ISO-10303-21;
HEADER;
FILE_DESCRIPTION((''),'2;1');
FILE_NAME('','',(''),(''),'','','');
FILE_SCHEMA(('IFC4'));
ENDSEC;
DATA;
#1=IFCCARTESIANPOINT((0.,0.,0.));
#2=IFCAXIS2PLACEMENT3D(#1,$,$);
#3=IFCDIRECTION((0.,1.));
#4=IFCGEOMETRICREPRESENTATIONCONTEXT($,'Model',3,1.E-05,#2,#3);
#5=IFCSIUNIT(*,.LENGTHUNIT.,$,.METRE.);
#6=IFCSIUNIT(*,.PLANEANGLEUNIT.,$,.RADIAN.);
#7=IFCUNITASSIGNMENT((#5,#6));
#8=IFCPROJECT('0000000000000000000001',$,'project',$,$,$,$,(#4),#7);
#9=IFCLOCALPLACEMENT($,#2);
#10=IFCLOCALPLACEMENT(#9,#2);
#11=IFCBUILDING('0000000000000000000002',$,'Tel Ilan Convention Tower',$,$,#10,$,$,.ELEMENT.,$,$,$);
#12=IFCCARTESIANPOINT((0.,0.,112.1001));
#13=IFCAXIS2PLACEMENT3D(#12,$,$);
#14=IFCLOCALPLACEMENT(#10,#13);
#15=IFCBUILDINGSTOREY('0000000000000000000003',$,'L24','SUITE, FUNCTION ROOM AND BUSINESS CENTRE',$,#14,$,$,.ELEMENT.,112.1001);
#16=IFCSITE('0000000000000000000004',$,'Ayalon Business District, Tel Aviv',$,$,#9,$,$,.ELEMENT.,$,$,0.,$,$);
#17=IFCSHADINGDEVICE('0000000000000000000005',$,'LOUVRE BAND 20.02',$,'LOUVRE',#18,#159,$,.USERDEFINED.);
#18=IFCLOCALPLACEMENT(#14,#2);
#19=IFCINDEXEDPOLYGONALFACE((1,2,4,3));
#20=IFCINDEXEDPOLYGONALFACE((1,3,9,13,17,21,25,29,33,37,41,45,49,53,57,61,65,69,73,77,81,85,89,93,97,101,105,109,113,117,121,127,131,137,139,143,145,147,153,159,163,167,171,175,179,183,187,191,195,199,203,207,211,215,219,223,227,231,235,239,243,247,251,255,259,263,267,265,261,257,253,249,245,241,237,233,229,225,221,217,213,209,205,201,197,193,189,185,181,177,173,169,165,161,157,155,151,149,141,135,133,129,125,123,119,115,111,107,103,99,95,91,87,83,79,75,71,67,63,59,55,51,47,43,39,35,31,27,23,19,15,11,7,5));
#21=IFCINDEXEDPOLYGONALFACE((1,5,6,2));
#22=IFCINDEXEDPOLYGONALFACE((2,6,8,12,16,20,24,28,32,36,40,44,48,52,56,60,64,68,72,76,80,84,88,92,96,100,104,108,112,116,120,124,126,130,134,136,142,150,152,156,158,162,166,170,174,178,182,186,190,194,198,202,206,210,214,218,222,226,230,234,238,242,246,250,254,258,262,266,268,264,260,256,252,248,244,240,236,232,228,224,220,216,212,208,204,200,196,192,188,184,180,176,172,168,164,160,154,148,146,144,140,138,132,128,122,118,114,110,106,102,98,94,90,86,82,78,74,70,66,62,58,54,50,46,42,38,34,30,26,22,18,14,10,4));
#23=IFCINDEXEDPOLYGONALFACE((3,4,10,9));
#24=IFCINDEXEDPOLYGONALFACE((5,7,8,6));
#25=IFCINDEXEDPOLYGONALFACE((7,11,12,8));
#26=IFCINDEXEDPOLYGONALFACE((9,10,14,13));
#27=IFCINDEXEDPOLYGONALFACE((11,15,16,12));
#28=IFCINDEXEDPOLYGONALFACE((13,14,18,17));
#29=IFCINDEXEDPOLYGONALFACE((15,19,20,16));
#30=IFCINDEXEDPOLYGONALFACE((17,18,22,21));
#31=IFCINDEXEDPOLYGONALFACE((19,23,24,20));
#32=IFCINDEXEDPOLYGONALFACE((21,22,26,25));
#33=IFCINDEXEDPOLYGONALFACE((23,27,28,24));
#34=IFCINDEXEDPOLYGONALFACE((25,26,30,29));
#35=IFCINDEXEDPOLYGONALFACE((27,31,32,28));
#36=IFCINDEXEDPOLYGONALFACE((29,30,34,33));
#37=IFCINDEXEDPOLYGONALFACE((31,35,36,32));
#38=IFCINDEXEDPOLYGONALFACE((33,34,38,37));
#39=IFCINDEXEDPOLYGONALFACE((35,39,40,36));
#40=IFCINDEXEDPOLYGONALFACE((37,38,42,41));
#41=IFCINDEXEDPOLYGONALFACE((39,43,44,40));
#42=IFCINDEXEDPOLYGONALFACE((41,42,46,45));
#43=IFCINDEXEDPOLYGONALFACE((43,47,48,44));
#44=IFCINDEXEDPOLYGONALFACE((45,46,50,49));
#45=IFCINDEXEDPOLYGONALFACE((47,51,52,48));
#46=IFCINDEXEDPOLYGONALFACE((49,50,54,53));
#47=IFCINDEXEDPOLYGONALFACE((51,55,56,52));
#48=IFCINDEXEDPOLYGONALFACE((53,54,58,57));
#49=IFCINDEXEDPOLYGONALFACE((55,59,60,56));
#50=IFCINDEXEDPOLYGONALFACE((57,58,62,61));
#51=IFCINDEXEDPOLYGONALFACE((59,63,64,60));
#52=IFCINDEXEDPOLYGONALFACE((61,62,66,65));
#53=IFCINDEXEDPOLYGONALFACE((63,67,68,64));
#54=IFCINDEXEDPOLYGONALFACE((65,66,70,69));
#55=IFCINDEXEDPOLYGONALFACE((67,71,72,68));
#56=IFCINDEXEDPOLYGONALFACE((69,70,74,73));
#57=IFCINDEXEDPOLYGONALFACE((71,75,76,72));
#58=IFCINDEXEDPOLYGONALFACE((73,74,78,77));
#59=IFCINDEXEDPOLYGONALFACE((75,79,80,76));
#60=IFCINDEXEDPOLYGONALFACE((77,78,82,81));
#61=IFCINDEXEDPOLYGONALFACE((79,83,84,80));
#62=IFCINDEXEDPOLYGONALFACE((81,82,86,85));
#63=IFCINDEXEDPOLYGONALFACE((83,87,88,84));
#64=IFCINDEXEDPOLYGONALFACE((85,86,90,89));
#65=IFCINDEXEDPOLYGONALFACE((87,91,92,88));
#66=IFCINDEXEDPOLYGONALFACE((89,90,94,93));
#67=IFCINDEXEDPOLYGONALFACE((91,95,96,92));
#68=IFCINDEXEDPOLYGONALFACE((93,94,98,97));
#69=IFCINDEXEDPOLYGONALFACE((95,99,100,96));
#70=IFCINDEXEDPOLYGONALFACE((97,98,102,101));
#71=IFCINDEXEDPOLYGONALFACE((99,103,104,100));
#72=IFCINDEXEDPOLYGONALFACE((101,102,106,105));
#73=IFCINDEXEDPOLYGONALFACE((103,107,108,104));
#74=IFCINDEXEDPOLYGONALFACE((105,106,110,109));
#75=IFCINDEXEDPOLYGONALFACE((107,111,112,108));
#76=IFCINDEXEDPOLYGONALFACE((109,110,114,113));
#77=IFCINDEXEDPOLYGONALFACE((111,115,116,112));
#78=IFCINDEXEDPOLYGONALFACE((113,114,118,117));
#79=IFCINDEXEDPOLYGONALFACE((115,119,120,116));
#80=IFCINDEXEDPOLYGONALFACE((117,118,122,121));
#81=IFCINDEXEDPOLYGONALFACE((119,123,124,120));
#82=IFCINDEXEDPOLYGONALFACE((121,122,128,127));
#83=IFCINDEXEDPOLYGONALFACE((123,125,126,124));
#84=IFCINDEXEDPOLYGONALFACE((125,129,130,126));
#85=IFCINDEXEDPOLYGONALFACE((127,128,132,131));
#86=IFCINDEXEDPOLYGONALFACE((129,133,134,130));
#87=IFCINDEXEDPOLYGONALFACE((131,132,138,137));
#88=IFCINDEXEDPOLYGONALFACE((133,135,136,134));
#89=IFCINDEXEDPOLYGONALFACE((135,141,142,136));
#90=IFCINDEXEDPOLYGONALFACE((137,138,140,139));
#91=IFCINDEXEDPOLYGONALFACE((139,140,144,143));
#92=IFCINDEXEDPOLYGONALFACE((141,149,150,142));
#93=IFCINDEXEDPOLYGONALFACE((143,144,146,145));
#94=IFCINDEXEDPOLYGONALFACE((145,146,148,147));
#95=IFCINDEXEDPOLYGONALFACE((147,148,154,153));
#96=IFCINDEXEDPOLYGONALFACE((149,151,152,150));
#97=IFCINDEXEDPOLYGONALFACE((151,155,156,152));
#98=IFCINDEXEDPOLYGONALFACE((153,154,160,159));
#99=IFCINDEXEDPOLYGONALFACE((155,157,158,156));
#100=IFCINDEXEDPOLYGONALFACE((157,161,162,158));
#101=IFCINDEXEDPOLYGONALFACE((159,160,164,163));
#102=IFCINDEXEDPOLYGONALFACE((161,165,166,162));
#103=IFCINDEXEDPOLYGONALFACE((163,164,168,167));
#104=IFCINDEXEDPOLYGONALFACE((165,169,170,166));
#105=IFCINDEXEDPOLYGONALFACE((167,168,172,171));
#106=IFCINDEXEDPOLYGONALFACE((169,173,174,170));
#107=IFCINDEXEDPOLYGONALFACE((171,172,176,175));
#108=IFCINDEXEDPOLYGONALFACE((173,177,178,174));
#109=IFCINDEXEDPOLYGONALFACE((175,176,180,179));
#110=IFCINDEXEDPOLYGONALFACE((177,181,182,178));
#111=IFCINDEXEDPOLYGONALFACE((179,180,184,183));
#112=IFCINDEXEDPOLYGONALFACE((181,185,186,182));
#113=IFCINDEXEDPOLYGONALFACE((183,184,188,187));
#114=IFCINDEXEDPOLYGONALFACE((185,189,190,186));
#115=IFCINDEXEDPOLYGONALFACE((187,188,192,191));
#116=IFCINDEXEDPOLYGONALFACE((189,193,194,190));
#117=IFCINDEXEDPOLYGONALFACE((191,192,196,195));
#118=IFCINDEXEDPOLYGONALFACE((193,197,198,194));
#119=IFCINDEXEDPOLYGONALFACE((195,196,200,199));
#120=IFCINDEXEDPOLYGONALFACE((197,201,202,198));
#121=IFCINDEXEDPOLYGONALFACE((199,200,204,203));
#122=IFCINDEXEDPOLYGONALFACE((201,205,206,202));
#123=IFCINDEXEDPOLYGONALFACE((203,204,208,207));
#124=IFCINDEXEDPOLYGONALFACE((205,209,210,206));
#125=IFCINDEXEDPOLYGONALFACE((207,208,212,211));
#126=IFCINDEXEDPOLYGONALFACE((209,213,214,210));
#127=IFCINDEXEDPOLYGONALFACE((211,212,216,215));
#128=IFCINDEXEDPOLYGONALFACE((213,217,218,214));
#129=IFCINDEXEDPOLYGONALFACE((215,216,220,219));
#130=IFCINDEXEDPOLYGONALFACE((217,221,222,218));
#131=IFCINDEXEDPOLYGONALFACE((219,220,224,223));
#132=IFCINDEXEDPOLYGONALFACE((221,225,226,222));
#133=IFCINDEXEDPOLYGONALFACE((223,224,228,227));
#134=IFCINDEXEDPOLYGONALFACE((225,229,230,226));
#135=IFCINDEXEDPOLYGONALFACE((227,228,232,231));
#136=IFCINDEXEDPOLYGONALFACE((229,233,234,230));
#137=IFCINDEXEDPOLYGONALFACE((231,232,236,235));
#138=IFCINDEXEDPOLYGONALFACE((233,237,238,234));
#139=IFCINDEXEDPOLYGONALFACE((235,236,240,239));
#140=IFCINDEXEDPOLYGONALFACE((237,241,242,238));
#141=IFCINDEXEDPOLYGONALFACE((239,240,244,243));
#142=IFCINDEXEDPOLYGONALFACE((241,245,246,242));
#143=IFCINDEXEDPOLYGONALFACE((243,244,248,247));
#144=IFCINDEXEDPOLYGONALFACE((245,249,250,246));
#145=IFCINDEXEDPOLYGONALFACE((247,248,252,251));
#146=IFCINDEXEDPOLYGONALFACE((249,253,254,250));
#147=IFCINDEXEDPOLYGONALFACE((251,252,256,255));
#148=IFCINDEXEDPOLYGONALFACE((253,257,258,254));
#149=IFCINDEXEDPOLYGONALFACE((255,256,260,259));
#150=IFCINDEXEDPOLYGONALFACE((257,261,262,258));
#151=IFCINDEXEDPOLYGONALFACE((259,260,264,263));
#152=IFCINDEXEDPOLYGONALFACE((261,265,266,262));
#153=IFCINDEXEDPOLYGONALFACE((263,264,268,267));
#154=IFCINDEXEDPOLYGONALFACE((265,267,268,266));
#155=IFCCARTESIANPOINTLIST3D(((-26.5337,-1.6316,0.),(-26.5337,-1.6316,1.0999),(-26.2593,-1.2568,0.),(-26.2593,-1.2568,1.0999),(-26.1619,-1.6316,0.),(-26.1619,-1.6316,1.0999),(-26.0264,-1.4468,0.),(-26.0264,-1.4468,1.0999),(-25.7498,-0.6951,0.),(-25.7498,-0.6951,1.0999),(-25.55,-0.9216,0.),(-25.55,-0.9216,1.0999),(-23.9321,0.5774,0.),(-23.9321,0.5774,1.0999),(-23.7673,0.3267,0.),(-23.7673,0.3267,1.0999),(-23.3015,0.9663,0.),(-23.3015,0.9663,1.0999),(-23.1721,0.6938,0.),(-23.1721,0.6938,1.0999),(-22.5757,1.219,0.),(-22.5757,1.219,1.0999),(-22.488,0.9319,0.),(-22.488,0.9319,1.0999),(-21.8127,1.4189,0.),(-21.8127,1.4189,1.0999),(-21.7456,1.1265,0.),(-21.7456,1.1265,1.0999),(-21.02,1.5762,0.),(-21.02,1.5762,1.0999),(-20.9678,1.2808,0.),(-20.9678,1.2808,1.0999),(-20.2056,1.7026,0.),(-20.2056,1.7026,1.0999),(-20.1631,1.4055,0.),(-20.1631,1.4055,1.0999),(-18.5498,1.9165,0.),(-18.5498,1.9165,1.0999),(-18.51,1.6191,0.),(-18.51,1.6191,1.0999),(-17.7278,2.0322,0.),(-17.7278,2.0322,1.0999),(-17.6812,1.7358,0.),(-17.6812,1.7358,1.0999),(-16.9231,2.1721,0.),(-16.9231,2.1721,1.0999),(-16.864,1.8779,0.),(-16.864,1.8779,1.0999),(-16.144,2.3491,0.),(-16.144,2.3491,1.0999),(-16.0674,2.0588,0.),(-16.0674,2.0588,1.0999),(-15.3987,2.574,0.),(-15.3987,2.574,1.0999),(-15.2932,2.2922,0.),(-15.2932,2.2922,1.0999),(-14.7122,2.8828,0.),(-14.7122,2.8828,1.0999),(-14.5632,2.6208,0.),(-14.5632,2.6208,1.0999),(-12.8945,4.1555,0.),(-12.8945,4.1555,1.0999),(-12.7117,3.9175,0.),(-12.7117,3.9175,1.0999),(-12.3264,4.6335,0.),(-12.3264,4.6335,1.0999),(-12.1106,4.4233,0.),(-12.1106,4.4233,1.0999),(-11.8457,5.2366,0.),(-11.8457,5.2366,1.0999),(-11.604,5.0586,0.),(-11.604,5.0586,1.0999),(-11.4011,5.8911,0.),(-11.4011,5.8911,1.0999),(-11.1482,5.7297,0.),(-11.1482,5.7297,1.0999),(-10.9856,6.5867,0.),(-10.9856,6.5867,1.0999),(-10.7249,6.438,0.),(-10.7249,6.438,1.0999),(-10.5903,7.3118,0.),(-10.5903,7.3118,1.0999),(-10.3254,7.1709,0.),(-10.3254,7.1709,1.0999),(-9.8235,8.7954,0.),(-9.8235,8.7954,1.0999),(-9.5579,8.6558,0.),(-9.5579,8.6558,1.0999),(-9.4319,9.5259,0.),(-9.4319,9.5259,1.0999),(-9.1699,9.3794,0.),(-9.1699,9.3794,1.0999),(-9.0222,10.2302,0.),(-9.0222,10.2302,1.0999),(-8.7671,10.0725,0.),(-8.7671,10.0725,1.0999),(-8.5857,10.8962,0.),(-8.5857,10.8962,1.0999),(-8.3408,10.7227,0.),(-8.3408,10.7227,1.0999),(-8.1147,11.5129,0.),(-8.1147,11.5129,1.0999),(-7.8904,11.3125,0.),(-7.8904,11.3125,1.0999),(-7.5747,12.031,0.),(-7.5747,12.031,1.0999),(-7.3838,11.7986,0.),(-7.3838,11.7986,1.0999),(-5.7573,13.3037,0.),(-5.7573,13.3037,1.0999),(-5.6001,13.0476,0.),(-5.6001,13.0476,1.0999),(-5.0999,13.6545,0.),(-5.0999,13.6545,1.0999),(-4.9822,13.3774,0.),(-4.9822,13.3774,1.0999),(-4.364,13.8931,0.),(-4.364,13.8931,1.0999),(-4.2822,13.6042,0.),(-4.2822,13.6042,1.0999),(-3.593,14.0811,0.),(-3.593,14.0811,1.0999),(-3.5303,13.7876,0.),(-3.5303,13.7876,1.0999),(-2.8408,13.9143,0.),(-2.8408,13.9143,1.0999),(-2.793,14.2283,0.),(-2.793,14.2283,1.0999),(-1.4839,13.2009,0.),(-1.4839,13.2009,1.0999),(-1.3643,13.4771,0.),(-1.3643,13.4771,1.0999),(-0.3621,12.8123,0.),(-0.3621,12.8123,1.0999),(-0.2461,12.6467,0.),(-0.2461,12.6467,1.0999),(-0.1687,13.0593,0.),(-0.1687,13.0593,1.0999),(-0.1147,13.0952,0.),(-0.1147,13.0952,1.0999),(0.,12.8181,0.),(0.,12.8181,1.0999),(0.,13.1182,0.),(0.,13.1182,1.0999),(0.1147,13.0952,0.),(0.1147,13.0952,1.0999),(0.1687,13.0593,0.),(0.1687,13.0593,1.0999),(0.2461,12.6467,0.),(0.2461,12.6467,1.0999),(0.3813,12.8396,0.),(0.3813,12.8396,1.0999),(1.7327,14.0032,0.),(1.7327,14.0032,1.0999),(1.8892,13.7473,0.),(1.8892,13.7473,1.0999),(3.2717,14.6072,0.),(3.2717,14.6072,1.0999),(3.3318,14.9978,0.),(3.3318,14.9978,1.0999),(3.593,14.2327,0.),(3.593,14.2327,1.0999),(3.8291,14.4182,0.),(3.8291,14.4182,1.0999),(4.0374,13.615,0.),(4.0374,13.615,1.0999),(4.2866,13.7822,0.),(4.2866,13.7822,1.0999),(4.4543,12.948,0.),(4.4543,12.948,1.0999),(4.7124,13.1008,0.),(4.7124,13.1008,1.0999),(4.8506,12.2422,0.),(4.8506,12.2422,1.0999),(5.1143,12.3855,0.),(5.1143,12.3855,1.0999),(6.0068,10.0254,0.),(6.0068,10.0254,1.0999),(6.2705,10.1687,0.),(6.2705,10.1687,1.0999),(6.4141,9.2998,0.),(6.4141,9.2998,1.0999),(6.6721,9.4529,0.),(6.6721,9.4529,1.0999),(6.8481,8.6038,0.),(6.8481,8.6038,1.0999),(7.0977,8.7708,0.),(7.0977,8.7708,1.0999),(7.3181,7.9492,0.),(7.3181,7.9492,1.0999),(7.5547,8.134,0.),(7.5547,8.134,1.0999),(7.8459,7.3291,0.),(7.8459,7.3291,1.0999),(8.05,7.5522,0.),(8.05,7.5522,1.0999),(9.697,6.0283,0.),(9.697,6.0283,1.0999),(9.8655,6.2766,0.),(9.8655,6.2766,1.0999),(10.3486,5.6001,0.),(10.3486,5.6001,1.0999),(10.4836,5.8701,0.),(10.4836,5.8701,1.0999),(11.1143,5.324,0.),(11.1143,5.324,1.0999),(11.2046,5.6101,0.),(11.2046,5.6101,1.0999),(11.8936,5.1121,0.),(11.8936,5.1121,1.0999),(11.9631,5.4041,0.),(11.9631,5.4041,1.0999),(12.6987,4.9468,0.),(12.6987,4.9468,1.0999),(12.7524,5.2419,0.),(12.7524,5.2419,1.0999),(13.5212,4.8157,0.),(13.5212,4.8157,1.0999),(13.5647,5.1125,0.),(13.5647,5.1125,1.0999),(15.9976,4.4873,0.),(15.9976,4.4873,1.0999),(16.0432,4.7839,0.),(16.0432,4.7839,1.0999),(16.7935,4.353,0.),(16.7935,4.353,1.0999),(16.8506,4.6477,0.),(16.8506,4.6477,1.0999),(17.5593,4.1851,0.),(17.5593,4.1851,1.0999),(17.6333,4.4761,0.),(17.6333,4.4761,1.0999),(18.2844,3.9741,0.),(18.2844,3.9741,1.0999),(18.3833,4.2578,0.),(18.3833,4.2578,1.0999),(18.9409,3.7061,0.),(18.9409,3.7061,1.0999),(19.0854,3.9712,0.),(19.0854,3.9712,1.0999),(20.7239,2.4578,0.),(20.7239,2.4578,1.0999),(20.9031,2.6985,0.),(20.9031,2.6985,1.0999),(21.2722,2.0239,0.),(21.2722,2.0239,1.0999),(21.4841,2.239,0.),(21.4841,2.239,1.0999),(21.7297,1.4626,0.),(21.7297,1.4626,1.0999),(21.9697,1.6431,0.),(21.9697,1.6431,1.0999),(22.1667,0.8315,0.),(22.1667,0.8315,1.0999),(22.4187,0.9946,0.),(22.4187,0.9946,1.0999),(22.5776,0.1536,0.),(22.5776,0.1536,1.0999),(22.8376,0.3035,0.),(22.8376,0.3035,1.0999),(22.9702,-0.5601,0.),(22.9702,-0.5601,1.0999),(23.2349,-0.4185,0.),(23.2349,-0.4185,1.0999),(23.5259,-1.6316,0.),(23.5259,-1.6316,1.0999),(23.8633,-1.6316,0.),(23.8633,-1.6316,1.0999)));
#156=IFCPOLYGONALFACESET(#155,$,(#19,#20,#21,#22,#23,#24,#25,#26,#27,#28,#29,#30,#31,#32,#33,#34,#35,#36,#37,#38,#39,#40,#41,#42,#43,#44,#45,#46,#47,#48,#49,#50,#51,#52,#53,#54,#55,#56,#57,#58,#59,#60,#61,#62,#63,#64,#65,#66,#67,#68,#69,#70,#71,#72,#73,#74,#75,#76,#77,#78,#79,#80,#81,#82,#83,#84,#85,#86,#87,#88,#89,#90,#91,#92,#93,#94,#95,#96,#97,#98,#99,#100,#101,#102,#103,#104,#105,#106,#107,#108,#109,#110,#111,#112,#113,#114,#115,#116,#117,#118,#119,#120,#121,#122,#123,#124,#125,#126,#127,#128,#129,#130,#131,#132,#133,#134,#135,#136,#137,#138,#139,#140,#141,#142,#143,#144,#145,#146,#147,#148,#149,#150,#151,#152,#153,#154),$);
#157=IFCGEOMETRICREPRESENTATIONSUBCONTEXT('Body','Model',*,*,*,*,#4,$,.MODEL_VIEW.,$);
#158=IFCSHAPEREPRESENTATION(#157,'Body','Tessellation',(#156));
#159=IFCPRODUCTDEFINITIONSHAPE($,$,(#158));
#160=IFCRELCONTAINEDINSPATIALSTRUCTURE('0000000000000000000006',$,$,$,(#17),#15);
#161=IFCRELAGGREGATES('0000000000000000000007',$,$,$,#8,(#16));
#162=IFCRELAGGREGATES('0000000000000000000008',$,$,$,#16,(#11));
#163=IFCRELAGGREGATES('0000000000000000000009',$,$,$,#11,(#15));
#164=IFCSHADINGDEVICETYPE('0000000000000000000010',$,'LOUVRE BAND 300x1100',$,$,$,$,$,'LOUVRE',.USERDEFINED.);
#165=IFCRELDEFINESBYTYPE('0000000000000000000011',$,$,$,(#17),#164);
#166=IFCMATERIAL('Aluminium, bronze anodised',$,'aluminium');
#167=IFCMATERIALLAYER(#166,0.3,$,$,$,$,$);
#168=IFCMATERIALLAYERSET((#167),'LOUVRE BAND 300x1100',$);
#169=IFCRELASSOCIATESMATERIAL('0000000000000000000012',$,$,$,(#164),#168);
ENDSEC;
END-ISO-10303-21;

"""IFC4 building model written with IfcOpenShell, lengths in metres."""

from ifc_helpers import new_model, si_unit, direction, frame, origin, place, context, subcontext, project, spatial, polyline, outline, extrude, material, layer, layer_set, type_object, element, save


model = new_model("IFC4")

# Units and contexts
model_context = context("Model", 3, precision=1e-05, world=origin(), true_north=direction((0.0, 1.0)))
body_context = subcontext(model_context, "Body", "Model", "MODEL_VIEW")
ifc_project = project(units=[si_unit("LENGTHUNIT", "METRE"), si_unit("PLANEANGLEUNIT", "RADIAN")], contexts=[model_context])

# Site, building, storey
site_placement = place(None, origin())
site = spatial("IfcSite", under=ifc_project, at=site_placement, Name="Ayalon Business District, Tel Aviv", CompositionType="ELEMENT", RefElevation=0.0)
building_placement = place(site_placement, origin())
building = spatial("IfcBuilding", under=site, at=building_placement, Name="Tel Ilan Convention Tower", CompositionType="ELEMENT")
storey_placement = place(building_placement, frame((0.0, 0.0, 112.1001)))
storey = spatial("IfcBuildingStorey", under=building, at=storey_placement, Name="L24", Description="SUITE, FUNCTION ROOM AND BUSINESS CENTRE", CompositionType="ELEMENT", Elevation=112.1001)

# Shading device
ifc_material_1 = material(Name="Aluminium, bronze anodised", Category="aluminium")
ifc_layer_1 = layer(ifc_material_1, 0.3)
ifc_layer_set_1 = layer_set([ifc_layer_1], Name="LOUVRE BAND 300x1100")
shading_device_type_1 = type_object("IfcShadingDeviceType", Name="LOUVRE BAND 300x1100", ElementType="LOUVRE", PredefinedType="USERDEFINED", material=ifc_layer_set_1)
shading_device_1_placement = place(storey_placement, origin())
element("IfcShadingDevice", 1, at=shading_device_1_placement, inside=storey, type_object=shading_device_type_1, Name="LOUVRE BAND 20.02", ObjectType="LOUVRE", PredefinedType="USERDEFINED", context=body_context, shape_type="SweptSolid", body=[
    extrude(outline(polyline([(-26.2593, -1.2568), (-26.5337, -1.6316), (-26.1619, -1.6316), (-26.0264, -1.4468), (-25.55, -0.9216), (-23.7673, 0.3267), (-23.1721, 0.6938), (-22.488, 0.9319), (-21.7456, 1.1265), (-20.9678, 1.2808), (-20.1631, 1.4055), (-18.51, 1.6191), (-17.6812, 1.7358), (-16.864, 1.8779), (-16.0674, 2.0588), (-15.2932, 2.2922), (-14.5632, 2.6208), (-12.7117, 3.9175), (-12.1106, 4.4233), (-11.604, 5.0586), (-11.1482, 5.7297), (-10.7249, 6.438), (-10.3254, 7.1709), (-9.5579, 8.6558), (-9.1699, 9.3794), (-8.7671, 10.0725), (-8.3408, 10.7227), (-7.8904, 11.3125), (-7.3838, 11.7986), (-5.6001, 13.0476), (-4.9822, 13.3774), (-4.2822, 13.6042), (-3.5303, 13.7876), (-2.8408, 13.9143), (-1.4839, 13.2009), (-0.3621, 12.8123), (-0.2461, 12.6467), (0.0, 12.8181), (0.2461, 12.6467), (0.3813, 12.8396), (1.8892, 13.7473), (3.2717, 14.6072), (3.593, 14.2327), (4.0374, 13.615), (4.4543, 12.948), (4.8506, 12.2422), (6.0068, 10.0254), (6.4141, 9.2998), (6.8481, 8.6038), (7.3181, 7.9492), (7.8459, 7.3291), (9.697, 6.0283), (10.3486, 5.6001), (11.1143, 5.324), (11.8936, 5.1121), (12.6987, 4.9468), (13.5212, 4.8157), (15.9976, 4.4873), (16.7935, 4.353), (17.5593, 4.1851), (18.2844, 3.9741), (18.9409, 3.7061), (20.7239, 2.4578), (21.2722, 2.0239), (21.7297, 1.4626), (22.1667, 0.8315), (22.5776, 0.1536), (22.9702, -0.5601), (23.5259, -1.6316), (23.8633, -1.6316), (23.2349, -0.4185), (22.8376, 0.3035), (22.4187, 0.9946), (21.9697, 1.6431), (21.4841, 2.239), (20.9031, 2.6985), (19.0854, 3.9712), (18.3833, 4.2578), (17.6333, 4.4761), (16.8506, 4.6477), (16.0432, 4.7839), (13.5647, 5.1125), (12.7524, 5.2419), (11.9631, 5.4041), (11.2046, 5.6101), (10.4836, 5.8701), (9.8655, 6.2766), (8.05, 7.5522), (7.5547, 8.134), (7.0977, 8.7708), (6.6721, 9.4529), (6.2705, 10.1687), (5.1143, 12.3855), (4.7124, 13.1008), (4.2866, 13.7822), (3.8291, 14.4182), (3.3318, 14.9978), (1.7327, 14.0032), (0.1687, 13.0593), (0.1147, 13.0952), (0.0, 13.1182), (-0.1147, 13.0952), (-0.1687, 13.0593), (-1.3643, 13.4771), (-2.793, 14.2283), (-3.593, 14.0811), (-4.364, 13.8931), (-5.0999, 13.6545), (-5.7573, 13.3037), (-7.5747, 12.031), (-8.1147, 11.5129), (-8.5857, 10.8962), (-9.0222, 10.2302), (-9.4319, 9.5259), (-9.8235, 8.7954), (-10.5903, 7.3118), (-10.9856, 6.5867), (-11.4011, 5.8911), (-11.8457, 5.2366), (-12.3264, 4.6335), (-12.8945, 4.1555), (-14.7122, 2.8828), (-15.3987, 2.574), (-16.144, 2.3491), (-16.9231, 2.1721), (-17.7278, 2.0322), (-18.5498, 1.9165), (-20.2056, 1.7026), (-21.02, 1.5762), (-21.8127, 1.4189), (-22.5757, 1.219), (-23.3015, 0.9663), (-23.9321, 0.5774), (-25.7498, -0.6951), (-26.2593, -1.2568)])), origin(), (0.0, 0.0, 1.0), 1.0999),
])

save(model, "model.ifc")
